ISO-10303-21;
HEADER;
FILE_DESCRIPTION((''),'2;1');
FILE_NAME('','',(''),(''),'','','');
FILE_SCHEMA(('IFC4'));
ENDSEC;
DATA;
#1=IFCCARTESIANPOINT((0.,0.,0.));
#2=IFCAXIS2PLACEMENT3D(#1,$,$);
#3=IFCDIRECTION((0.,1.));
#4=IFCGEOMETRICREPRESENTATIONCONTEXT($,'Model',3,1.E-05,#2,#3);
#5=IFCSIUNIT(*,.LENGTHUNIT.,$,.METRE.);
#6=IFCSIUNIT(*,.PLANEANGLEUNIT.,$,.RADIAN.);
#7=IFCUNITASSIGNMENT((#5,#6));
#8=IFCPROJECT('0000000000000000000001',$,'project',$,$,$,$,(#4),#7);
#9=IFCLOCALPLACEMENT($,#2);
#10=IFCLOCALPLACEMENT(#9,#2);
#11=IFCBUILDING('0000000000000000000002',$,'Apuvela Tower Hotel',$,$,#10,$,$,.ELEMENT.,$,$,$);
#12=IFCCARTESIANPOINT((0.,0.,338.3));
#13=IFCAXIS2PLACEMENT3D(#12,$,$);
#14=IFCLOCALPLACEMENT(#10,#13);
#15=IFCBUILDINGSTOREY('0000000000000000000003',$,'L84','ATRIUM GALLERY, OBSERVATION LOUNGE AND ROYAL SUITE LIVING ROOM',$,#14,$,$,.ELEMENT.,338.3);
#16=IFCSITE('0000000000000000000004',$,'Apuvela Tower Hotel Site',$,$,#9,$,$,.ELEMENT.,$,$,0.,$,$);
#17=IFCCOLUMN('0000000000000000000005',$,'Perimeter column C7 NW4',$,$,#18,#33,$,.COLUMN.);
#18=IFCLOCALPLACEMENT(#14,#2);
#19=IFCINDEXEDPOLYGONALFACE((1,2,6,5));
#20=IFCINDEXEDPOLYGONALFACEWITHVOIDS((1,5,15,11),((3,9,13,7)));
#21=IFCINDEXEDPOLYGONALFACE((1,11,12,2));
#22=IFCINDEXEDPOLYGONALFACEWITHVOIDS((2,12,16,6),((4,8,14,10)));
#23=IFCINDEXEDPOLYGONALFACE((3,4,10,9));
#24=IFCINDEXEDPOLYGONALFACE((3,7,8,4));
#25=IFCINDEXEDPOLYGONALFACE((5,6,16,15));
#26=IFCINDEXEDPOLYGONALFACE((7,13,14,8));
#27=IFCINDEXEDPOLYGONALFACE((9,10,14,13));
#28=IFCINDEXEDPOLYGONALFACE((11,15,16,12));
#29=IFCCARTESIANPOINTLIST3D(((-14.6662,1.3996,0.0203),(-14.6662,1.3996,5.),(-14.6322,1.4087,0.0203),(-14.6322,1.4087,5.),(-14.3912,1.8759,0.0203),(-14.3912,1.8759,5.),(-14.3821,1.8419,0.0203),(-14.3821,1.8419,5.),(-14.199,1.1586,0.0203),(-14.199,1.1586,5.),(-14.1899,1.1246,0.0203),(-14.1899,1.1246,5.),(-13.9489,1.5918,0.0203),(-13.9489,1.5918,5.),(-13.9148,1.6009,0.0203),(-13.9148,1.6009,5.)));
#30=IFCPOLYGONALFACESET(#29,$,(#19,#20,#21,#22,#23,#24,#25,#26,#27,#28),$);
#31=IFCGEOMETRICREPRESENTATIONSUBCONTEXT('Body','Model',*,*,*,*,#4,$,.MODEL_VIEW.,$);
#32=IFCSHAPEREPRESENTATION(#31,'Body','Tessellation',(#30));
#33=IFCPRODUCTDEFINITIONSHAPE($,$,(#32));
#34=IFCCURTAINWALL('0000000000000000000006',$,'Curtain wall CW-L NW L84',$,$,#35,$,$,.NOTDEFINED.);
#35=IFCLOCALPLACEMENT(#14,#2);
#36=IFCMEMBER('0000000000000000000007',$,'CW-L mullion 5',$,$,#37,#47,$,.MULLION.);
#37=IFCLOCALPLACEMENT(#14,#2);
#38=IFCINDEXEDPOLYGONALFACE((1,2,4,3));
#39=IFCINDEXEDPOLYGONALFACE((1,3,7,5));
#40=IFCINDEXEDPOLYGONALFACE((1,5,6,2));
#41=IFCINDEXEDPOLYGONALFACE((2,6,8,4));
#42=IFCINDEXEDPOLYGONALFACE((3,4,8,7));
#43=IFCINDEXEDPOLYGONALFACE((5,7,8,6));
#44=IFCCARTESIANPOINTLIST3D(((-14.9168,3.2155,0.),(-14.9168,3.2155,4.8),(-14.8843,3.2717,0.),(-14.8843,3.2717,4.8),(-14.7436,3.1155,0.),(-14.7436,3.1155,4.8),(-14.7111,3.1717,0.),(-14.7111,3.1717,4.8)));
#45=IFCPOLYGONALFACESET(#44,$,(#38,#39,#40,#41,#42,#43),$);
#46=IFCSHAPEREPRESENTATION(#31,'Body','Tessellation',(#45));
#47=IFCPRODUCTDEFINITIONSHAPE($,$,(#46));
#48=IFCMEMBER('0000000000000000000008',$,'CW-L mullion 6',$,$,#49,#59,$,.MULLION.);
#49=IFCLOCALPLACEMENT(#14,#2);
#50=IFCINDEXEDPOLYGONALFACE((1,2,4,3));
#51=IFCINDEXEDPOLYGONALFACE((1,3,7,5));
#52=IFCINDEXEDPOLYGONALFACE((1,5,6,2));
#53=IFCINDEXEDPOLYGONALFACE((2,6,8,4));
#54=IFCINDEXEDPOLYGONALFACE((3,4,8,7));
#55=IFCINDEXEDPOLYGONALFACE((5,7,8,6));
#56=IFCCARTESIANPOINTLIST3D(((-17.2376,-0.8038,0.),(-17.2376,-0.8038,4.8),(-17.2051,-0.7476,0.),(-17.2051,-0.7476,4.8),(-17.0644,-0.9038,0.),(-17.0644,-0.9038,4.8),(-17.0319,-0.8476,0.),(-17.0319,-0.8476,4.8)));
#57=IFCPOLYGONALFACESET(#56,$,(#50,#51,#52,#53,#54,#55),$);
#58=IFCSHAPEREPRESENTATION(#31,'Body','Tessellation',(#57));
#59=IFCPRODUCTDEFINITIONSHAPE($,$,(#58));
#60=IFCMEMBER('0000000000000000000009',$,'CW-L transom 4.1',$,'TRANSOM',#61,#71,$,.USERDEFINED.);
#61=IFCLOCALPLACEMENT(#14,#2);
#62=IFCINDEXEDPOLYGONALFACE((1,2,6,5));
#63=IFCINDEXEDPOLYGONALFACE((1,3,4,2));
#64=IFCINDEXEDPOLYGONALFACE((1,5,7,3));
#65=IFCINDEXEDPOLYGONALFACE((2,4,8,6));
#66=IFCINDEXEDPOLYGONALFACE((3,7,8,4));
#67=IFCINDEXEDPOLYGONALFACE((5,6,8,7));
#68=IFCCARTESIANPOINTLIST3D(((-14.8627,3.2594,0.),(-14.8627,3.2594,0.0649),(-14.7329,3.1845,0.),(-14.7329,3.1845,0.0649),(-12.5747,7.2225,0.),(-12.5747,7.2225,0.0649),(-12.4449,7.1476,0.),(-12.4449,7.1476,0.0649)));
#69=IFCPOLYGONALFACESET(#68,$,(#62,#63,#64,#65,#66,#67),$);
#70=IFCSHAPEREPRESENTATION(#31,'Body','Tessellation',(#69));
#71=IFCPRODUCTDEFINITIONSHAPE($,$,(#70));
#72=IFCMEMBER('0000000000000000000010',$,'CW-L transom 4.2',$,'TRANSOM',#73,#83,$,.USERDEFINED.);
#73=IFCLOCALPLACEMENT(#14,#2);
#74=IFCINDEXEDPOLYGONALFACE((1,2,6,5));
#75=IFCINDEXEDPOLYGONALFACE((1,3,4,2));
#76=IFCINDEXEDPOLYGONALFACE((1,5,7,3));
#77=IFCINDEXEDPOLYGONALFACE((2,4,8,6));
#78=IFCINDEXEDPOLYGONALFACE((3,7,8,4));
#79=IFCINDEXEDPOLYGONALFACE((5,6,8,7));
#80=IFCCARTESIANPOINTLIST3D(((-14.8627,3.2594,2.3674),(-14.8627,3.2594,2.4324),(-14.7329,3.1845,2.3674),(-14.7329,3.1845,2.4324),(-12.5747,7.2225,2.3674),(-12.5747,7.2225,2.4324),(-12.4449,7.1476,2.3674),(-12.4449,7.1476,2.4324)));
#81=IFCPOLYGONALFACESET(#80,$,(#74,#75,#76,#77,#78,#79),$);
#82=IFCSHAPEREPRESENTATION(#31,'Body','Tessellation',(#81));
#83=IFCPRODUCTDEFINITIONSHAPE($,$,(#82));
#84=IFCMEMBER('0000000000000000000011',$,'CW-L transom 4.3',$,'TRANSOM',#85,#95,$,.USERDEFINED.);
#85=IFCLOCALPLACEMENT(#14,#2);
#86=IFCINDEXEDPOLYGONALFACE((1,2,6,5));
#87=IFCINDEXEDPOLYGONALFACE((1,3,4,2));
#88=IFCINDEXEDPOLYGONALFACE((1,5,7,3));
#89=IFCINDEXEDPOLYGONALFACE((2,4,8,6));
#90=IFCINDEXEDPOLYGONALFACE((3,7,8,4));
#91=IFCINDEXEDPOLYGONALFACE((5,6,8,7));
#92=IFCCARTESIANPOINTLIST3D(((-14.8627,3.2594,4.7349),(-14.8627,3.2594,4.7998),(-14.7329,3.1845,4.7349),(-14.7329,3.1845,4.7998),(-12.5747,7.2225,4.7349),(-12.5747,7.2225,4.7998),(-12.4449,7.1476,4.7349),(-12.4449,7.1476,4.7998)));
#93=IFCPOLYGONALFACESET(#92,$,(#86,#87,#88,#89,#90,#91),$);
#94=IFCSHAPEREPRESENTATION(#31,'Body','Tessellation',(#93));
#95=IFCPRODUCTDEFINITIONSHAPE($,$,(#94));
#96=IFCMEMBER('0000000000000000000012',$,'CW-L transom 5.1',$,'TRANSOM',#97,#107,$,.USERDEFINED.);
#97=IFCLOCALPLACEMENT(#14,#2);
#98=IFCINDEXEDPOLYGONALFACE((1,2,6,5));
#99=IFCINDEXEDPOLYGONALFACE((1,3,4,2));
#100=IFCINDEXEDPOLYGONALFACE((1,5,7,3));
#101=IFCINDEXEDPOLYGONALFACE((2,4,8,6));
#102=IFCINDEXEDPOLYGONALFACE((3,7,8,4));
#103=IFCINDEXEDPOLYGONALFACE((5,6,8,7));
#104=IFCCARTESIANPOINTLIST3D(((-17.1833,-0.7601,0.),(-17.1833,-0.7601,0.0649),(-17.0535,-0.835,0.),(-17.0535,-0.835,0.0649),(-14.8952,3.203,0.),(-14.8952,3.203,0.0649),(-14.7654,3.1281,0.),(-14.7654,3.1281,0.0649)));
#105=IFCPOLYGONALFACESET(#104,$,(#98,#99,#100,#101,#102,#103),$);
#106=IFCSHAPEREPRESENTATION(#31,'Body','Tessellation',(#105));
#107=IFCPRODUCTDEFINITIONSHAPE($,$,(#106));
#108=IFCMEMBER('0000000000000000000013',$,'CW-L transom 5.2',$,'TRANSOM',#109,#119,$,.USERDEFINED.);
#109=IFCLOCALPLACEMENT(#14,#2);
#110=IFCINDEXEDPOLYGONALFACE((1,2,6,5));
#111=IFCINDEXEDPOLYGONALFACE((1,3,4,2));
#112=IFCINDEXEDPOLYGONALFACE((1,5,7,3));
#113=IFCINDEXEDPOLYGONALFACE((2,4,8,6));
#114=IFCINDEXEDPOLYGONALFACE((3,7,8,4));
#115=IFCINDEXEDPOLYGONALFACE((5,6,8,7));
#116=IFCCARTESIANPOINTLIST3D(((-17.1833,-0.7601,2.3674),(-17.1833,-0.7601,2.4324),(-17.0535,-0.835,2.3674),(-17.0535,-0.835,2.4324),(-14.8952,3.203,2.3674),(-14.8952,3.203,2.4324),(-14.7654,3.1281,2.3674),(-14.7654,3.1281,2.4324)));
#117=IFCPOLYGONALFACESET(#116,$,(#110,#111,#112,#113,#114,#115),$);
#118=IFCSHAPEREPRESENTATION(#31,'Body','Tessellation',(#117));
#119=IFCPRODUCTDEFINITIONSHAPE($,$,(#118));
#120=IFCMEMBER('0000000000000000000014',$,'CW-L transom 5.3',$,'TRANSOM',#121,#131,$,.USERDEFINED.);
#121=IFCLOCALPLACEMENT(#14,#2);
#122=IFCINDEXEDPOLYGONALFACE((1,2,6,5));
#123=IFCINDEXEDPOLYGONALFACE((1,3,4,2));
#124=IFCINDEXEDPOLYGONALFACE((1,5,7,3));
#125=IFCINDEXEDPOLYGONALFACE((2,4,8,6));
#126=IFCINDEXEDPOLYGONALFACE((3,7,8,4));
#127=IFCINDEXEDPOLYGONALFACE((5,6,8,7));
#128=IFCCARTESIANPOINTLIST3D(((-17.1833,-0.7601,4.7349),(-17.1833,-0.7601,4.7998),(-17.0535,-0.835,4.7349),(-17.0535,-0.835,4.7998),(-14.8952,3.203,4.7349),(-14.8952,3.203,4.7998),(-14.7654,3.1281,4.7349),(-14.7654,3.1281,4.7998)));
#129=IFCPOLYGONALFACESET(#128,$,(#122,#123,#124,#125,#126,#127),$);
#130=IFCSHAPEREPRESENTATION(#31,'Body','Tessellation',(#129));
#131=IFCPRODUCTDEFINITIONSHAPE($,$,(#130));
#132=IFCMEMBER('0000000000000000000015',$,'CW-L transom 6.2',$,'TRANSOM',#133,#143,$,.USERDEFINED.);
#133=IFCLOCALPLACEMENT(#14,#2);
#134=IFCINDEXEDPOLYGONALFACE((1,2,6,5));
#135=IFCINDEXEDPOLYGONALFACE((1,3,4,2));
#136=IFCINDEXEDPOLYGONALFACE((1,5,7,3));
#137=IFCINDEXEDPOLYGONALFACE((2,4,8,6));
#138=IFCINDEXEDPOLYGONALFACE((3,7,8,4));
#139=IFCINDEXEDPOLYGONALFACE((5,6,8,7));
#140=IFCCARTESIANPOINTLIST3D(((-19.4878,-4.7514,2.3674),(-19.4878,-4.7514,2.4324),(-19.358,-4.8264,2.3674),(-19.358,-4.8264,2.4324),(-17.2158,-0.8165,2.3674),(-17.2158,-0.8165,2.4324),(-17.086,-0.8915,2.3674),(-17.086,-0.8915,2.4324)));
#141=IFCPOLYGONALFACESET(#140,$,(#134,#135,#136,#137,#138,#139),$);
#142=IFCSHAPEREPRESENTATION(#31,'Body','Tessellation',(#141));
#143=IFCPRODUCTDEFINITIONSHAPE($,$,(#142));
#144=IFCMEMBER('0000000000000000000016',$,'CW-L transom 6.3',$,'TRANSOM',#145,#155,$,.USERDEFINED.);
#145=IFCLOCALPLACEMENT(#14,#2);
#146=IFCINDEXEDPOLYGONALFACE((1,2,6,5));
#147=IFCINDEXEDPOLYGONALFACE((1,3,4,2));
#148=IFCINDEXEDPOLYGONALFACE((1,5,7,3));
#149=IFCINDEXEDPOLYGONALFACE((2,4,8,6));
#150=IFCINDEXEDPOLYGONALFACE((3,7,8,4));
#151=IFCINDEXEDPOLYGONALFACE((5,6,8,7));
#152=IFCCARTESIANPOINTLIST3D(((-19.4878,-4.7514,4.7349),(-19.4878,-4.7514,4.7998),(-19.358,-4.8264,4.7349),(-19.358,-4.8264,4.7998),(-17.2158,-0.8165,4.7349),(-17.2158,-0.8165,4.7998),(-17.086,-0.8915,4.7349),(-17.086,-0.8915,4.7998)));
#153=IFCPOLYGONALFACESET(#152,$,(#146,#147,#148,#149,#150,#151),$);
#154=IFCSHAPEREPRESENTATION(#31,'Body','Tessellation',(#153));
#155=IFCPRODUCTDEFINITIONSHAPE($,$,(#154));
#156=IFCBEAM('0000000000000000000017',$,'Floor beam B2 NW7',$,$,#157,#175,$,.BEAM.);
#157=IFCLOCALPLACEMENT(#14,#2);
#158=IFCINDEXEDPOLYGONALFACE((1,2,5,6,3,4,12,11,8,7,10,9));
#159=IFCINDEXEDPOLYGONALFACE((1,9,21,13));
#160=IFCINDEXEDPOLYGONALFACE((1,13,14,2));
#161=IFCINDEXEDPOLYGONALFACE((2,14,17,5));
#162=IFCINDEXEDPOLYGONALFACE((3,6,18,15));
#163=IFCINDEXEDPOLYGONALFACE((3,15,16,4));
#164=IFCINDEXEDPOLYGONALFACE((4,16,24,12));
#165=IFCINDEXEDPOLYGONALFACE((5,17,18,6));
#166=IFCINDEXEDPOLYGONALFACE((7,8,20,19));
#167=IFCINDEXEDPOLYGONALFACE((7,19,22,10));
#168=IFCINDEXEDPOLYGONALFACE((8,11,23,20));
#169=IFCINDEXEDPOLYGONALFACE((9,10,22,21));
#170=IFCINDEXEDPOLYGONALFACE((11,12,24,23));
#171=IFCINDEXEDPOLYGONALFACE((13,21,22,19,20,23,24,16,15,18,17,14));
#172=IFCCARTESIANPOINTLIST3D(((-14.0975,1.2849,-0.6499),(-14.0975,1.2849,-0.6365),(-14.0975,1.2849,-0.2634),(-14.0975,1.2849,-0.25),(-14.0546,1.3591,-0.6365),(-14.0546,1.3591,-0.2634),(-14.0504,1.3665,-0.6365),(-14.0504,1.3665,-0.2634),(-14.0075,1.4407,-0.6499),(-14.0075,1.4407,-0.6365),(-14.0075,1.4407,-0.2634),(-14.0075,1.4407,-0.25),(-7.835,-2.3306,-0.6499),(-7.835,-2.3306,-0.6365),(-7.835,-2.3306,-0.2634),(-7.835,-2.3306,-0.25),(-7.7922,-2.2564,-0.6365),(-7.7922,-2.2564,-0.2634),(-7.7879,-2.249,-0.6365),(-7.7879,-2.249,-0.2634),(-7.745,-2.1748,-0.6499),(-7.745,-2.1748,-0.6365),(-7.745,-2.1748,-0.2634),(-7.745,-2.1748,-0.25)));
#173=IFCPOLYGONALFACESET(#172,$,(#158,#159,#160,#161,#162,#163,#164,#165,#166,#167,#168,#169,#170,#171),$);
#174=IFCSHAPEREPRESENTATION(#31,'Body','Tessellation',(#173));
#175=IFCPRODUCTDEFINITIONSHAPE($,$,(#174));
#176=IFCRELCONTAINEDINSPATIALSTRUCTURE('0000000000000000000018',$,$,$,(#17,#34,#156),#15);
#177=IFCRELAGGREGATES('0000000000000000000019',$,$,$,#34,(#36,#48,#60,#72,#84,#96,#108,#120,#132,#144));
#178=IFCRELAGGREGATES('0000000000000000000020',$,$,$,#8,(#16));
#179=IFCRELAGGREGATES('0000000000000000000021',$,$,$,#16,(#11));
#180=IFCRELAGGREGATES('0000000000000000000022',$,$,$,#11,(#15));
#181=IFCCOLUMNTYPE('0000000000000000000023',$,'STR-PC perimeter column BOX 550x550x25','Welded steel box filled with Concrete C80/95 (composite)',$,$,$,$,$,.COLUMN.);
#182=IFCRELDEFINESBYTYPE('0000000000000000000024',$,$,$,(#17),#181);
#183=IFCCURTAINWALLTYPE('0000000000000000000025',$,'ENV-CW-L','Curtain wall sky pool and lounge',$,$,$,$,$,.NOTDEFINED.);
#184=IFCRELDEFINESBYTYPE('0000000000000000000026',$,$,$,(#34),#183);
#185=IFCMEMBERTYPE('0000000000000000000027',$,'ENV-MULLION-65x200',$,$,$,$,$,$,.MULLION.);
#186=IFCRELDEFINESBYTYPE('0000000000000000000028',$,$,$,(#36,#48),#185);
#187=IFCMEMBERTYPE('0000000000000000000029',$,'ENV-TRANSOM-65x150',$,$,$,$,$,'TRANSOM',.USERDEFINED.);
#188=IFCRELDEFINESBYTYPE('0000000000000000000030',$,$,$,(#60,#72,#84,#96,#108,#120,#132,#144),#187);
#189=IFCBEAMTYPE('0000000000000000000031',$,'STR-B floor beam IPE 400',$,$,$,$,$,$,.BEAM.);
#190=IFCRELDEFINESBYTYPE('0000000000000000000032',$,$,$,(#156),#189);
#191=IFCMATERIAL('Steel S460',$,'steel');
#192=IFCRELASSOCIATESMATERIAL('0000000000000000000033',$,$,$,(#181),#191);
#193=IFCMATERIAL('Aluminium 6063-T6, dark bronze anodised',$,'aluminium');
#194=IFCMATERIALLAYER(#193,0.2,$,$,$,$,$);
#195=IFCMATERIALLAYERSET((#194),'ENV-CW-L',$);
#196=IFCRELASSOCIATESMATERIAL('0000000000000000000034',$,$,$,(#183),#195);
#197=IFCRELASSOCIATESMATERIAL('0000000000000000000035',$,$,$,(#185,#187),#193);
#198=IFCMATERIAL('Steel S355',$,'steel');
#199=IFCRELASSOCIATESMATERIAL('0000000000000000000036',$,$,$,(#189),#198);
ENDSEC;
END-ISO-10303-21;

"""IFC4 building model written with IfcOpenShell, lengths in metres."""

from ifc_helpers import new_model, si_unit, direction, frame, origin, origin_2d, place, context, subcontext, project, spatial, rectangle, hollow_rectangle, i_section, extrude, boolean, halfspace, material, layer, layer_set, material_profile, profile_set, type_object, element, aggregate, save


model = new_model("IFC4")

# Units and contexts
model_context = context("Model", 3, precision=1e-05, world=origin(), true_north=direction((0.0, 1.0)))
body_context = subcontext(model_context, "Body", "Model", "MODEL_VIEW")
ifc_project = project(units=[si_unit("LENGTHUNIT", "METRE"), si_unit("PLANEANGLEUNIT", "RADIAN")], contexts=[model_context])

# Site, building, storey
site_placement = place(None, origin())
site = spatial("IfcSite", under=ifc_project, at=site_placement, Name="Apuvela Tower Hotel Site", CompositionType="ELEMENT", RefElevation=0.0)
building_placement = place(site_placement, origin())
building = spatial("IfcBuilding", under=site, at=building_placement, Name="Apuvela Tower Hotel", CompositionType="ELEMENT")
storey_placement = place(building_placement, frame((0.0, 0.0, 338.3)))
storey = spatial("IfcBuildingStorey", under=building, at=storey_placement, Name="L84", Description="ATRIUM GALLERY, OBSERVATION LOUNGE AND ROYAL SUITE LIVING ROOM", CompositionType="ELEMENT", Elevation=338.3)

# Column
ifc_material_1 = material(Name="Steel S460", Category="steel")
ifc_material_profile_1 = material_profile(ifc_material_1, hollow_rectangle(XDim=0.55, YDim=0.55, WallThickness=0.0249, at=origin_2d()), Name="BOX 550x550x25")
ifc_material_2 = material(Name="Concrete C80/95", Category="concrete")
ifc_material_profile_2 = material_profile(ifc_material_2, rectangle(XDim=0.5, YDim=0.5, at=origin_2d()), Name="Concrete C80/95 infill")
ifc_profile_set_1 = profile_set([ifc_material_profile_1, ifc_material_profile_2], Name="Steel S460")
column_type = type_object("IfcColumnType", Name="STR-PC perimeter column BOX 550x550x25", Description="Welded steel box filled with Concrete C80/95 (composite)", PredefinedType="COLUMN", material=ifc_profile_set_1)
column_placement = place(storey_placement, frame((-14.2905, 1.5002, 0.0), z_axis=(0.0, 0.0, 1.0), x_axis=(0.5, 0.866025, 0.0)))
element("IfcColumn", 1, at=column_placement, inside=storey, type_object=column_type, Name="Perimeter column C7 NW4", PredefinedType="COLUMN", context=body_context, shape_type="SweptSolid", body=[
    boolean("DIFFERENCE", extrude(hollow_rectangle(XDim=0.55, YDim=0.55, WallThickness=0.0249, at=origin_2d()), origin(), (0.0, 0.0, 1.0), 5.0), halfspace(frame((0.0, 0.0, 0.0203), z_axis=(0.0, 0.0, 1.0), x_axis=(1.0, 0.0, 0.0)), True)),
])

# Curtain wall, members
ifc_material_3 = material(Name="Aluminium 6063-T6, dark bronze anodised", Category="aluminium")
ifc_layer_1 = layer(ifc_material_3, 0.2)
ifc_layer_set_1 = layer_set([ifc_layer_1], Name="ENV-CW-L")
curtain_wall_type = type_object("IfcCurtainWallType", Name="ENV-CW-L", Description="Curtain wall sky pool and lounge", PredefinedType="NOTDEFINED", material=ifc_layer_set_1)
curtain_wall_placement = place(storey_placement, origin())
curtain_wall = element("IfcCurtainWall", 2, at=curtain_wall_placement, inside=storey, type_object=curtain_wall_type, Name="Curtain wall CW-L NW L84", PredefinedType="NOTDEFINED")
ifc_material_profile_3 = material_profile(ifc_material_3, rectangle(XDim=0.2, YDim=0.0649, at=origin_2d()), Name="AL 65x200")
ifc_profile_set_2 = profile_set([ifc_material_profile_3], Name="Aluminium 6063-T6, dark bronze anodised")
member_type_1 = type_object("IfcMemberType", Name="ENV-MULLION-65x200", PredefinedType="MULLION", material=ifc_profile_set_2)
member_1_placement = place(storey_placement, frame((-14.814, 3.1936, 0.0), z_axis=(0.0, 0.0, 1.0), x_axis=(0.866026, -0.499999, 0.0)))
member_1 = element("IfcMember", 3, at=member_1_placement, type_object=member_type_1, Name="CW-L mullion 5", PredefinedType="MULLION", context=body_context, shape_type="SweptSolid", body=[
    extrude(rectangle(XDim=0.2, YDim=0.0649, at=origin_2d()), origin(), (0.0, 0.0, 1.0), 4.8),
])
member_2_placement = place(storey_placement, frame((-17.1348, -0.8257, 0.0), z_axis=(0.0, 0.0, 1.0), x_axis=(0.866026, -0.499999, 0.0)))
member_2 = element("IfcMember", 4, at=member_2_placement, type_object=member_type_1, Name="CW-L mullion 6", PredefinedType="MULLION", context=body_context, shape_type="SweptSolid", body=[
    extrude(rectangle(XDim=0.2, YDim=0.0649, at=origin_2d()), origin(), (0.0, 0.0, 1.0), 4.8),
])
ifc_material_profile_4 = material_profile(ifc_material_3, rectangle(XDim=0.1499, YDim=0.0649, at=origin_2d()), Name="AL 65x150 transom")
ifc_profile_set_3 = profile_set([ifc_material_profile_4], Name="Aluminium 6063-T6, dark bronze anodised")
member_type_2 = type_object("IfcMemberType", Name="ENV-TRANSOM-65x150", ElementType="TRANSOM", PredefinedType="USERDEFINED", material=ifc_profile_set_3)
member_3_placement = place(storey_placement, frame((-12.5098, 7.1851, 0.0325), z_axis=(-0.499995, -0.866028, 0.0), x_axis=(0.866028, -0.499995, 0.0)))
member_3 = element("IfcMember", 5, at=member_3_placement, type_object=member_type_2, Name="CW-L transom 4.1", ObjectType="TRANSOM", PredefinedType="USERDEFINED", context=body_context, shape_type="SweptSolid", body=[
    extrude(rectangle(XDim=0.1499, YDim=0.0649, at=origin_2d()), origin(), (0.0, 0.0, 1.0), 4.5762),
])
member_4_placement = place(storey_placement, frame((-12.5098, 7.1851, 2.3999), z_axis=(-0.499995, -0.866028, 0.0), x_axis=(0.866028, -0.499995, 0.0)))
member_4 = element("IfcMember", 6, at=member_4_placement, type_object=member_type_2, Name="CW-L transom 4.2", ObjectType="TRANSOM", PredefinedType="USERDEFINED", context=body_context, shape_type="SweptSolid", body=[
    extrude(rectangle(XDim=0.1499, YDim=0.0649, at=origin_2d()), origin(), (0.0, 0.0, 1.0), 4.5762),
])
member_5_placement = place(storey_placement, frame((-12.5098, 7.1851, 4.7673), z_axis=(-0.499995, -0.866028, 0.0), x_axis=(0.866028, -0.499995, 0.0)))
member_5 = element("IfcMember", 7, at=member_5_placement, type_object=member_type_2, Name="CW-L transom 4.3", ObjectType="TRANSOM", PredefinedType="USERDEFINED", context=body_context, shape_type="SweptSolid", body=[
    extrude(rectangle(XDim=0.1499, YDim=0.0649, at=origin_2d()), origin(), (0.0, 0.0, 1.0), 4.5762),
])
member_6_placement = place(storey_placement, frame((-14.8303, 3.1655, 0.0325), z_axis=(-0.499995, -0.866028, 0.0), x_axis=(0.866028, -0.499995, 0.0)))
member_6 = element("IfcMember", 8, at=member_6_placement, type_object=member_type_2, Name="CW-L transom 5.1", ObjectType="TRANSOM", PredefinedType="USERDEFINED", context=body_context, shape_type="SweptSolid", body=[
    extrude(rectangle(XDim=0.1499, YDim=0.0649, at=origin_2d()), origin(), (0.0, 0.0, 1.0), 4.5762),
])
member_7_placement = place(storey_placement, frame((-14.8303, 3.1655, 2.3999), z_axis=(-0.499995, -0.866028, 0.0), x_axis=(0.866028, -0.499995, 0.0)))
member_7 = element("IfcMember", 9, at=member_7_placement, type_object=member_type_2, Name="CW-L transom 5.2", ObjectType="TRANSOM", PredefinedType="USERDEFINED", context=body_context, shape_type="SweptSolid", body=[
    extrude(rectangle(XDim=0.1499, YDim=0.0649, at=origin_2d()), origin(), (0.0, 0.0, 1.0), 4.5762),
])
member_8_placement = place(storey_placement, frame((-14.8303, 3.1655, 4.7673), z_axis=(-0.499995, -0.866028, 0.0), x_axis=(0.866028, -0.499995, 0.0)))
member_8 = element("IfcMember", 10, at=member_8_placement, type_object=member_type_2, Name="CW-L transom 5.3", ObjectType="TRANSOM", PredefinedType="USERDEFINED", context=body_context, shape_type="SweptSolid", body=[
    extrude(rectangle(XDim=0.1499, YDim=0.0649, at=origin_2d()), origin(), (0.0, 0.0, 1.0), 4.5762),
])
member_9_placement = place(storey_placement, frame((-17.1509, -0.854, 2.3999), z_axis=(-0.500034, -0.866006, 0.0), x_axis=(0.866006, -0.500034, 0.0)))
member_9 = element("IfcMember", 11, at=member_9_placement, type_object=member_type_2, Name="CW-L transom 6.2", ObjectType="TRANSOM", PredefinedType="USERDEFINED", context=body_context, shape_type="SweptSolid", body=[
    extrude(rectangle(XDim=0.1499, YDim=0.0649, at=origin_2d()), origin(), (0.0, 0.0, 1.0), 4.5437),
])
member_10_placement = place(storey_placement, frame((-17.1509, -0.854, 4.7673), z_axis=(-0.500034, -0.866006, 0.0), x_axis=(0.866006, -0.500034, 0.0)))
member_10 = element("IfcMember", 12, at=member_10_placement, type_object=member_type_2, Name="CW-L transom 6.3", ObjectType="TRANSOM", PredefinedType="USERDEFINED", context=body_context, shape_type="SweptSolid", body=[
    extrude(rectangle(XDim=0.1499, YDim=0.0649, at=origin_2d()), origin(), (0.0, 0.0, 1.0), 4.5437),
])

# Beam
ifc_material_4 = material(Name="Steel S355", Category="steel")
ifc_material_profile_5 = material_profile(ifc_material_4, i_section(OverallWidth=0.1799, OverallDepth=0.3999, WebThickness=0.0085, FlangeThickness=0.0134, at=origin_2d()), Name="IPE 400")
ifc_profile_set_4 = profile_set([ifc_material_profile_5], Name="Steel S355")
beam_type = type_object("IfcBeamType", Name="STR-B floor beam IPE 400", PredefinedType="BEAM", material=ifc_profile_set_4)
beam_placement = place(storey_placement, frame((-14.0525, 1.3628, -0.45), z_axis=(0.866034, -0.499985, 0.0), x_axis=(0.499985, 0.866034, 0.0)))
element("IfcBeam", 13, at=beam_placement, inside=storey, type_object=beam_type, Name="Floor beam B2 NW7", PredefinedType="BEAM", context=body_context, shape_type="SweptSolid", body=[
    extrude(i_section(OverallWidth=0.1799, OverallDepth=0.3999, WebThickness=0.0085, FlangeThickness=0.0134, at=origin_2d()), origin(), (0.0, 0.0, 1.0), 7.2312),
])

aggregate(curtain_wall, [member_1, member_2, member_3, member_4, member_5, member_6, member_7, member_8, member_9, member_10])

save(model, "model.ifc")
